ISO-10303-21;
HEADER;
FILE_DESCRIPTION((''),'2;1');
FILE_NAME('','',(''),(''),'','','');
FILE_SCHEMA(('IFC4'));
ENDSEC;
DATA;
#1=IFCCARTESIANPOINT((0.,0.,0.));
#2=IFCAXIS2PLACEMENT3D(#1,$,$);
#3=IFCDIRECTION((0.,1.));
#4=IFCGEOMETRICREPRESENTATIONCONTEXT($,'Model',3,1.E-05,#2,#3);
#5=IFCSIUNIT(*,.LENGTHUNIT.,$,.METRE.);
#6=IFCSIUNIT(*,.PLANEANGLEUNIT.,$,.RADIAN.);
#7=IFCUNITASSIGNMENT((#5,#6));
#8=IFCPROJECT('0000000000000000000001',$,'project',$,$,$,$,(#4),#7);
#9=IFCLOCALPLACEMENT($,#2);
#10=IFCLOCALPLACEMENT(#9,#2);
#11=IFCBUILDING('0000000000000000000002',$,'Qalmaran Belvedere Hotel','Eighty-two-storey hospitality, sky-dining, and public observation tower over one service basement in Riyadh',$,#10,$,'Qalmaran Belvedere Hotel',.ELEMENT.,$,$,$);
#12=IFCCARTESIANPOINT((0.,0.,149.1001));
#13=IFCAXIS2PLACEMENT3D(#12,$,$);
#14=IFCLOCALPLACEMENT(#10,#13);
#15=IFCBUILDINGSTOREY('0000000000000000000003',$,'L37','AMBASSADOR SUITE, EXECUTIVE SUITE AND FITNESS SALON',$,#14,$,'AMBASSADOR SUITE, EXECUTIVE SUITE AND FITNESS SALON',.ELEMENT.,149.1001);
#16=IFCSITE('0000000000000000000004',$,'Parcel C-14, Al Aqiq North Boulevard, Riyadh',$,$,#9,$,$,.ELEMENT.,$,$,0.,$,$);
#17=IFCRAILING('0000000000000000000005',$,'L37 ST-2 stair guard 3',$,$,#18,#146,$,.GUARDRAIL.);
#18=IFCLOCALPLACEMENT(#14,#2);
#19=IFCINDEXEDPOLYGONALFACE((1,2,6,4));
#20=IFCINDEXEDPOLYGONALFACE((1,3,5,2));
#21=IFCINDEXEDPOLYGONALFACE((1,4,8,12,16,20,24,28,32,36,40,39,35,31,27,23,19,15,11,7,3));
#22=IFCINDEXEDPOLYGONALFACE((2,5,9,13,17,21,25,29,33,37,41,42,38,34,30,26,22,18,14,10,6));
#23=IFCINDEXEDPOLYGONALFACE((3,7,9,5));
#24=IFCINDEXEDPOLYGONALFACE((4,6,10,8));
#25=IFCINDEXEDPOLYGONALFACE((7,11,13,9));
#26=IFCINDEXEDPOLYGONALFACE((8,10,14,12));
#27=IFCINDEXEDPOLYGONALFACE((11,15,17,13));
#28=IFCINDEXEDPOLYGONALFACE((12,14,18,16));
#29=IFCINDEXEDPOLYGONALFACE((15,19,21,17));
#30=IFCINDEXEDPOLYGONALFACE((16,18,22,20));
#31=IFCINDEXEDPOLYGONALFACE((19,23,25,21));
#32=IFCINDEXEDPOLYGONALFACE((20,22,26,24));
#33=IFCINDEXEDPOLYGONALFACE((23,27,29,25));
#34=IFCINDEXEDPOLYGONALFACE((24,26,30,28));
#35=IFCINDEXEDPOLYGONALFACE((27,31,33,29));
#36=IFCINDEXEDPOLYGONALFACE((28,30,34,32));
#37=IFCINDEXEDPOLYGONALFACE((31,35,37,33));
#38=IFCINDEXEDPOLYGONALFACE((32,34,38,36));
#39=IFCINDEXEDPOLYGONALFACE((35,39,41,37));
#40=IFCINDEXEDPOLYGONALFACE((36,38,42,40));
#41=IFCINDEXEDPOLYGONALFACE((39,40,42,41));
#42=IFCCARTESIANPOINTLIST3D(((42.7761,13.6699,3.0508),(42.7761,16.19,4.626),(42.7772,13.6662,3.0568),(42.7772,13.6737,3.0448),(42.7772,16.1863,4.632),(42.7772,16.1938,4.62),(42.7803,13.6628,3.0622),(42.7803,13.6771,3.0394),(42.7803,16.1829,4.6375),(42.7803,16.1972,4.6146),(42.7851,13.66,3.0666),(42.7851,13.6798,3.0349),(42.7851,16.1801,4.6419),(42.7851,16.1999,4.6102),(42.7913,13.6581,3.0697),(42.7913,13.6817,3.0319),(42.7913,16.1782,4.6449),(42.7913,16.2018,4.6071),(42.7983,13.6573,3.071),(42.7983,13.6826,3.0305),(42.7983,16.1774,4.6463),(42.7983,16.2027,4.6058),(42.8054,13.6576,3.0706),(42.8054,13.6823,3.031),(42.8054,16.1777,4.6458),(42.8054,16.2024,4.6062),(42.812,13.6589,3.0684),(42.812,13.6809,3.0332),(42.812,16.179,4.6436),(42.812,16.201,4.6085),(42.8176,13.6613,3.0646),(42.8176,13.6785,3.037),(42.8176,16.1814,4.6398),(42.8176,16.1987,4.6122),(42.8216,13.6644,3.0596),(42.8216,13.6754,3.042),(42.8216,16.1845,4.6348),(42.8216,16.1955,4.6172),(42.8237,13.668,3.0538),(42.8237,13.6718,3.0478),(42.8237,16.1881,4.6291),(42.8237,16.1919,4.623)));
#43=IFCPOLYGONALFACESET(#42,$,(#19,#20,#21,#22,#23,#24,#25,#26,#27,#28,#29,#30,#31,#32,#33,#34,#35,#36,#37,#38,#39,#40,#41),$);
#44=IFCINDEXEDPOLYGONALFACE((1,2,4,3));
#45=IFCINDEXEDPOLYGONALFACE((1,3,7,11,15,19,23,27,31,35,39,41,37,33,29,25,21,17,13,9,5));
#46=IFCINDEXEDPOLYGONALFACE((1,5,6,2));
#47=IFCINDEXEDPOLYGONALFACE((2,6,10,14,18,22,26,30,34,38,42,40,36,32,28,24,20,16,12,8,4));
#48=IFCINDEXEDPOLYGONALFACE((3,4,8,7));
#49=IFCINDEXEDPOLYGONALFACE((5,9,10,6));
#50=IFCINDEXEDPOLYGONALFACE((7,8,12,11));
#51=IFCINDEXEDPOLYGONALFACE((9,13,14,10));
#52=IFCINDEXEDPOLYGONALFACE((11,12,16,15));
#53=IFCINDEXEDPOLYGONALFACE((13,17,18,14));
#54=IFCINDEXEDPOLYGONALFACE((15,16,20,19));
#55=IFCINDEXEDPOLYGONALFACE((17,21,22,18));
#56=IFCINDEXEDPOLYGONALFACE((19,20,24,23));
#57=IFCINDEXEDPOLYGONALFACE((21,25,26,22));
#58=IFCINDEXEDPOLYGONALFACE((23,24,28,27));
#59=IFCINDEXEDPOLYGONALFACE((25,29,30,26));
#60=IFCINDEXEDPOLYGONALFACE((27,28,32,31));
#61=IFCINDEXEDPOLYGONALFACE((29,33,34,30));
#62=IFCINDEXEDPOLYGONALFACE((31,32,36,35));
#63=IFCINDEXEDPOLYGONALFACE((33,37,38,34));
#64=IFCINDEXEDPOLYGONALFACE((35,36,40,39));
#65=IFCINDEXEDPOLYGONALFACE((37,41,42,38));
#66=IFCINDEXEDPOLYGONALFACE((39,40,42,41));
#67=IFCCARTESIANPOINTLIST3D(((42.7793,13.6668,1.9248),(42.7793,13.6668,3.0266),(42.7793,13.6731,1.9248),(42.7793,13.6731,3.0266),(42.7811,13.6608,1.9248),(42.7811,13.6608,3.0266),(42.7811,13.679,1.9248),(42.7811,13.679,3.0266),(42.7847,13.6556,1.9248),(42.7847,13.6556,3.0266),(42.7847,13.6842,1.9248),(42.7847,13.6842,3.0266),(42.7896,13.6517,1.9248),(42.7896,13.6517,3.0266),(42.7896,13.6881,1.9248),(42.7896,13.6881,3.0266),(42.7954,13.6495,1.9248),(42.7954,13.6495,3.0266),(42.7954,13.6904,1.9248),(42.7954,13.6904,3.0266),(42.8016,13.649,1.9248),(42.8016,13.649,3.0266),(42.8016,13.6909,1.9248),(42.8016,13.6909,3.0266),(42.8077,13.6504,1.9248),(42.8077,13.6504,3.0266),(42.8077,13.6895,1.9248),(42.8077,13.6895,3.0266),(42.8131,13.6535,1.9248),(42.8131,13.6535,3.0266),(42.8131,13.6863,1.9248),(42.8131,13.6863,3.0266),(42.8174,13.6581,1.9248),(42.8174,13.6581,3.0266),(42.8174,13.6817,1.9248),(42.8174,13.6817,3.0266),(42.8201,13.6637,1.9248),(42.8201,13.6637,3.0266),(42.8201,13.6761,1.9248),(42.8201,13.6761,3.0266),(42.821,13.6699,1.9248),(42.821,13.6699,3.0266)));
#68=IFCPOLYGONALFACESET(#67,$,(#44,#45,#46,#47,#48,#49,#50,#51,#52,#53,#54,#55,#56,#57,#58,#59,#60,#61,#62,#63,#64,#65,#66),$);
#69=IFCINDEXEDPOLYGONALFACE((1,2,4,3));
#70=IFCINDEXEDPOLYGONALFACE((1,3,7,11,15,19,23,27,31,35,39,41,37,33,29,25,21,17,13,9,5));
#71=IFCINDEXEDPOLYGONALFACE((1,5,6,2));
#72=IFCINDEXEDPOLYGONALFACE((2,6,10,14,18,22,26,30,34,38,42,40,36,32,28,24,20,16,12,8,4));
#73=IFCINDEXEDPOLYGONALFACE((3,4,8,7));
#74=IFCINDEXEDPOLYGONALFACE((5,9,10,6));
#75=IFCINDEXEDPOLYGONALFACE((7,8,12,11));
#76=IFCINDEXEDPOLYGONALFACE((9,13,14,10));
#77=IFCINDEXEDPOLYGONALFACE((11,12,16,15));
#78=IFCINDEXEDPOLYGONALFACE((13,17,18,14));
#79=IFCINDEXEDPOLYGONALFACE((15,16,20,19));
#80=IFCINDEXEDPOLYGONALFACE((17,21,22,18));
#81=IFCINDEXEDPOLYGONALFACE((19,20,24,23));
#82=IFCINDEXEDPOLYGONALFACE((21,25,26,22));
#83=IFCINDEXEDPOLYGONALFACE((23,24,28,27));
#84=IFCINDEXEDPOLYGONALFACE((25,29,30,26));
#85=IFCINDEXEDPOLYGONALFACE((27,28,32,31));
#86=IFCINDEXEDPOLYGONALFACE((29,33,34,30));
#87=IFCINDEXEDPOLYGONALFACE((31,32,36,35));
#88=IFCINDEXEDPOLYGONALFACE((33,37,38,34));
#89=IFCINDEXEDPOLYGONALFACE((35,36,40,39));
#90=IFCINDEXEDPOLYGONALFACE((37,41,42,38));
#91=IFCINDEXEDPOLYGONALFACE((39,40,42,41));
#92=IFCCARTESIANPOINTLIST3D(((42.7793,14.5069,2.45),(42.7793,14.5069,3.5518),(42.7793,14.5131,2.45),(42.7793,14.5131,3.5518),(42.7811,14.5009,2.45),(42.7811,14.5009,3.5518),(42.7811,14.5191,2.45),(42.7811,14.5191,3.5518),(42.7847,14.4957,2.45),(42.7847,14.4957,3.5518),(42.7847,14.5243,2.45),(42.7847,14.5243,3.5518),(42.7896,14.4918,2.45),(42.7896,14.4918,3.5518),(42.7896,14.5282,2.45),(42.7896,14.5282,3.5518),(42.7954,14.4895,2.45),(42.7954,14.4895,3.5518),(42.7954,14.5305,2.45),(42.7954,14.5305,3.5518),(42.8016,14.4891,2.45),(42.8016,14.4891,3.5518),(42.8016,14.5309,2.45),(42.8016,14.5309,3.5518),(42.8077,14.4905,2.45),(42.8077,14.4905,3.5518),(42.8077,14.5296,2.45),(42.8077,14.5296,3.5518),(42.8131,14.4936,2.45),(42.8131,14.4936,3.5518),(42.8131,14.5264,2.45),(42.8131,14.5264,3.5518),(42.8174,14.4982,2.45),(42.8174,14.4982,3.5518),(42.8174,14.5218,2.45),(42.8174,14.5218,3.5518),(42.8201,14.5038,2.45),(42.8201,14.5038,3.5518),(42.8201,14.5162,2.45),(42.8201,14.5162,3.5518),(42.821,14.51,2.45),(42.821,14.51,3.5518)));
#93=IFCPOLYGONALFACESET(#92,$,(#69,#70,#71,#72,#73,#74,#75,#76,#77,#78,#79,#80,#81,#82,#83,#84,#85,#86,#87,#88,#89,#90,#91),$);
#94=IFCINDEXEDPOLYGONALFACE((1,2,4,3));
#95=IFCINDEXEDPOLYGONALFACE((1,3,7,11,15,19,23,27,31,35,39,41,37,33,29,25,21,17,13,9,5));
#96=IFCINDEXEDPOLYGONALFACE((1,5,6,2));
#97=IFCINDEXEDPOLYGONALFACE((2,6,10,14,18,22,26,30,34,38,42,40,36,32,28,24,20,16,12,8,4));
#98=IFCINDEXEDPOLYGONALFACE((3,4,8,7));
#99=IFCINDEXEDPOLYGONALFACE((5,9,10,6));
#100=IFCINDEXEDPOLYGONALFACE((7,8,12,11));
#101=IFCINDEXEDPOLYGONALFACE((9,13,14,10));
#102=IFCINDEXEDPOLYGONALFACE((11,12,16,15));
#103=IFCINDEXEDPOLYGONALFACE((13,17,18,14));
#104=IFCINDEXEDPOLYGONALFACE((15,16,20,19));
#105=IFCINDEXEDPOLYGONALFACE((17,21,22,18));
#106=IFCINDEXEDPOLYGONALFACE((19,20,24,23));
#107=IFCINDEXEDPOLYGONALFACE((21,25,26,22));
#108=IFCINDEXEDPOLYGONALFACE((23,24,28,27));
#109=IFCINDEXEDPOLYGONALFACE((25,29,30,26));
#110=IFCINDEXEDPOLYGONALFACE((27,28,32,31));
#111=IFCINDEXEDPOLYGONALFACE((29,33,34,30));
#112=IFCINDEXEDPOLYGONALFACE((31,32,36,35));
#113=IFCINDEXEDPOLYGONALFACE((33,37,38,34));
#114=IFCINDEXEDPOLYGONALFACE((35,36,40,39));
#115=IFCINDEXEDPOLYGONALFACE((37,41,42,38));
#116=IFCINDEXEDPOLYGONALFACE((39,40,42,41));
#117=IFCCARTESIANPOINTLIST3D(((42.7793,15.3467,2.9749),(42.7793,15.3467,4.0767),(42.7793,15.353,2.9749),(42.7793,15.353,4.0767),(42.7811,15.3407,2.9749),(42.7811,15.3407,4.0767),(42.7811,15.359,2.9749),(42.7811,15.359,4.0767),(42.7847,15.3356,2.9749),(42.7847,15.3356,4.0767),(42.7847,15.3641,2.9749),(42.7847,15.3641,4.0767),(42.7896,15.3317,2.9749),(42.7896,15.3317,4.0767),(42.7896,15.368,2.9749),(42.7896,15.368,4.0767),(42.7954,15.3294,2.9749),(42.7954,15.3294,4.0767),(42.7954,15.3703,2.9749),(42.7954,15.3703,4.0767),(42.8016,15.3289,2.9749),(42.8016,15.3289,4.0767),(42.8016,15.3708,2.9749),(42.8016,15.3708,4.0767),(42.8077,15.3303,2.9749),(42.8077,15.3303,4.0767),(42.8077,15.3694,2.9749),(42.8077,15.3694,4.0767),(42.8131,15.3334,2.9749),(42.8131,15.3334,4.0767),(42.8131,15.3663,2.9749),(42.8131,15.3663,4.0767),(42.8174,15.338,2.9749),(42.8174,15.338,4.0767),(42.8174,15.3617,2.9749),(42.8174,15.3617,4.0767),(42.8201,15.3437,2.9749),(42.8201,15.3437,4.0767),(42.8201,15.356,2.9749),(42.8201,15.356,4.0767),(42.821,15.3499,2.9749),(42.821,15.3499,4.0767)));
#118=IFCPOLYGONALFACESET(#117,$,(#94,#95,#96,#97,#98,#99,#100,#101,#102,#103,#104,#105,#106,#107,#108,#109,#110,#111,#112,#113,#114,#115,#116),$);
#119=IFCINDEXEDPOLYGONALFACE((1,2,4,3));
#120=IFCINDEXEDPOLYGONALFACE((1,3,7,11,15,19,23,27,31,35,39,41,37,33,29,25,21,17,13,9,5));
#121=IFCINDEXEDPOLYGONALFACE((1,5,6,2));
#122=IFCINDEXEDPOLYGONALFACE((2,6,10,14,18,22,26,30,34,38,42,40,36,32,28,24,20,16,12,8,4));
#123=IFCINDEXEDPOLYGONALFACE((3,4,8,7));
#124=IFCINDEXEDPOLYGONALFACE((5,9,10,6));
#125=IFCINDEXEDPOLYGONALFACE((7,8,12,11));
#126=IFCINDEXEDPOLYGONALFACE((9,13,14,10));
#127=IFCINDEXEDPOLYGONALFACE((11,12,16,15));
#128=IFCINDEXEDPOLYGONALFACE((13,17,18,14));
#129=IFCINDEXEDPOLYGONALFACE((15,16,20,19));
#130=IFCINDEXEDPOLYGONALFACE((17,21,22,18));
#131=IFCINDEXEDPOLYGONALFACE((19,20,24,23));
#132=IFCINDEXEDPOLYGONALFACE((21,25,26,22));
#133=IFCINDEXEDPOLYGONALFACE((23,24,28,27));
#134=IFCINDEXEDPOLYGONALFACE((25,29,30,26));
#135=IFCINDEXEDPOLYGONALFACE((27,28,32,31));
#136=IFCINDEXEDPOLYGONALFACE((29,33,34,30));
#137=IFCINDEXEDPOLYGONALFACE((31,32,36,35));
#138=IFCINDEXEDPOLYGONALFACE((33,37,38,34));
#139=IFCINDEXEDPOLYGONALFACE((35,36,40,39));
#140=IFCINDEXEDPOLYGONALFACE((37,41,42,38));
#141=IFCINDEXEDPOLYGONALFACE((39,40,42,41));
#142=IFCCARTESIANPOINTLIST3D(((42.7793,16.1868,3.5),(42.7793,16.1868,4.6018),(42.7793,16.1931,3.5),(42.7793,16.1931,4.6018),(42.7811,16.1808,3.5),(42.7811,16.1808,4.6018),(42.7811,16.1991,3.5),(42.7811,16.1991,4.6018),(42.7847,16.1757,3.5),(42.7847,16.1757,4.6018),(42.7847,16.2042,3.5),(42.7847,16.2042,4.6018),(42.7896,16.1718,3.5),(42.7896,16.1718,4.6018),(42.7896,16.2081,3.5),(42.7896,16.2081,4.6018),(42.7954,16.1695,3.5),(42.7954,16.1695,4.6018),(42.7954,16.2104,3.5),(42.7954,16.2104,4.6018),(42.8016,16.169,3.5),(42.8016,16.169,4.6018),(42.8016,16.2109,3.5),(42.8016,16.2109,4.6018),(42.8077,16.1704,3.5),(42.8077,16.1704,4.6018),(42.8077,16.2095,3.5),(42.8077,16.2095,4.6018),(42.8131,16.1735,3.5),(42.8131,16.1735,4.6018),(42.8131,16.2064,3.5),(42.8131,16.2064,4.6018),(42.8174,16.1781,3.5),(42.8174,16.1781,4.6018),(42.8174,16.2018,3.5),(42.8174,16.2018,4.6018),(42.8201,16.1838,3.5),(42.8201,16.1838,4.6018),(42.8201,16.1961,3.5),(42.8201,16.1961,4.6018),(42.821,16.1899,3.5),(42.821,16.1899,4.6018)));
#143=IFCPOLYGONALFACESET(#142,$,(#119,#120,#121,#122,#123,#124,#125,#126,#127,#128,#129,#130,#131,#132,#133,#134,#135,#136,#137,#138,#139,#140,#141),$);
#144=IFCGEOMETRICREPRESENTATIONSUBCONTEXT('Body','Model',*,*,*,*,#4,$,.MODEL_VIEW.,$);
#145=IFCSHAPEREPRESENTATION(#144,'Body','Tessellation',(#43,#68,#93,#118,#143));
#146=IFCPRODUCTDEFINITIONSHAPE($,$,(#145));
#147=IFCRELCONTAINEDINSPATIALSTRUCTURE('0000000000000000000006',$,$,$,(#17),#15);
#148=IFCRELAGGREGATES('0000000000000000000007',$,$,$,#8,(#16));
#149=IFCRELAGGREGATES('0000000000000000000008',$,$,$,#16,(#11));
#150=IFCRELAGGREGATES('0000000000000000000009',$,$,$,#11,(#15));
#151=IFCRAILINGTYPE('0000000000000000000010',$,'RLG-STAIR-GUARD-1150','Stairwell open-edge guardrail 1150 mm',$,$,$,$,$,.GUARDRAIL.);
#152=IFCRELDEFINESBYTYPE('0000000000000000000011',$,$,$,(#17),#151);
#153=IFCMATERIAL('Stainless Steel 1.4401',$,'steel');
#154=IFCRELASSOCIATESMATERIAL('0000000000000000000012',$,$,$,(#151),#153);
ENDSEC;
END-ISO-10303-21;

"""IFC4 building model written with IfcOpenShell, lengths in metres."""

from ifc_helpers import new_model, si_unit, direction, frame, origin, origin_2d, place, context, subcontext, project, spatial, circle, extrude, material, type_object, element, save


model = new_model("IFC4")

# Units and contexts
model_context = context("Model", 3, precision=1e-05, world=origin(), true_north=direction((0.0, 1.0)))
body_context = subcontext(model_context, "Body", "Model", "MODEL_VIEW")
ifc_project = project(units=[si_unit("LENGTHUNIT", "METRE"), si_unit("PLANEANGLEUNIT", "RADIAN")], contexts=[model_context])

# Site, building, storey
site_placement = place(None, origin())
site = spatial("IfcSite", under=ifc_project, at=site_placement, Name="Parcel C-14, Al Aqiq North Boulevard, Riyadh", CompositionType="ELEMENT", RefElevation=0.0)
building_placement = place(site_placement, origin())
building = spatial("IfcBuilding", under=site, at=building_placement, Name="Qalmaran Belvedere Hotel", Description="Eighty-two-storey hospitality, sky-dining, and public observation tower over one service basement in Riyadh", LongName="Qalmaran Belvedere Hotel", CompositionType="ELEMENT")
storey_placement = place(building_placement, frame((0.0, 0.0, 149.1001)))
storey = spatial("IfcBuildingStorey", under=building, at=storey_placement, Name="L37", Description="AMBASSADOR SUITE, EXECUTIVE SUITE AND FITNESS SALON", LongName="AMBASSADOR SUITE, EXECUTIVE SUITE AND FITNESS SALON", CompositionType="ELEMENT", Elevation=149.1001)

# Railing
ifc_material_1 = material(Name="Stainless Steel 1.4401", Category="steel")
railing_type_1 = type_object("IfcRailingType", Name="RLG-STAIR-GUARD-1150", Description="Stairwell open-edge guardrail 1150 mm", PredefinedType="GUARDRAIL", material=ifc_material_1)
railing_1_placement = place(storey_placement, frame((42.8, 13.6699, 1.9248)))
element("IfcRailing", 1, at=railing_1_placement, inside=storey, type_object=railing_type_1, Name="L37 ST-2 stair guard 3", PredefinedType="GUARDRAIL", context=body_context, shape_type="SweptSolid", body=[
    extrude(circle(Radius=0.0239, at=origin_2d()), frame((0.0, 0.0, 1.126), z_axis=(0.0, 0.847971, 0.530043), x_axis=(-1.0, 0.0, 0.0)), (0.0, 0.0, 1.0), 2.9719),
    extrude(circle(Radius=0.021, at=origin_2d()), origin(), (0.0, 0.0, 1.0), 1.1018),
    extrude(circle(Radius=0.021, at=origin_2d()), frame((0.0, 0.8401, 0.5251)), (0.0, 0.0, 1.0), 1.1018),
    extrude(circle(Radius=0.021, at=origin_2d()), frame((0.0, 1.6799, 1.05)), (0.0, 0.0, 1.0), 1.1018),
    extrude(circle(Radius=0.021, at=origin_2d()), frame((0.0, 2.52, 1.5752)), (0.0, 0.0, 1.0), 1.1018),
])

save(model, "model.ifc")
